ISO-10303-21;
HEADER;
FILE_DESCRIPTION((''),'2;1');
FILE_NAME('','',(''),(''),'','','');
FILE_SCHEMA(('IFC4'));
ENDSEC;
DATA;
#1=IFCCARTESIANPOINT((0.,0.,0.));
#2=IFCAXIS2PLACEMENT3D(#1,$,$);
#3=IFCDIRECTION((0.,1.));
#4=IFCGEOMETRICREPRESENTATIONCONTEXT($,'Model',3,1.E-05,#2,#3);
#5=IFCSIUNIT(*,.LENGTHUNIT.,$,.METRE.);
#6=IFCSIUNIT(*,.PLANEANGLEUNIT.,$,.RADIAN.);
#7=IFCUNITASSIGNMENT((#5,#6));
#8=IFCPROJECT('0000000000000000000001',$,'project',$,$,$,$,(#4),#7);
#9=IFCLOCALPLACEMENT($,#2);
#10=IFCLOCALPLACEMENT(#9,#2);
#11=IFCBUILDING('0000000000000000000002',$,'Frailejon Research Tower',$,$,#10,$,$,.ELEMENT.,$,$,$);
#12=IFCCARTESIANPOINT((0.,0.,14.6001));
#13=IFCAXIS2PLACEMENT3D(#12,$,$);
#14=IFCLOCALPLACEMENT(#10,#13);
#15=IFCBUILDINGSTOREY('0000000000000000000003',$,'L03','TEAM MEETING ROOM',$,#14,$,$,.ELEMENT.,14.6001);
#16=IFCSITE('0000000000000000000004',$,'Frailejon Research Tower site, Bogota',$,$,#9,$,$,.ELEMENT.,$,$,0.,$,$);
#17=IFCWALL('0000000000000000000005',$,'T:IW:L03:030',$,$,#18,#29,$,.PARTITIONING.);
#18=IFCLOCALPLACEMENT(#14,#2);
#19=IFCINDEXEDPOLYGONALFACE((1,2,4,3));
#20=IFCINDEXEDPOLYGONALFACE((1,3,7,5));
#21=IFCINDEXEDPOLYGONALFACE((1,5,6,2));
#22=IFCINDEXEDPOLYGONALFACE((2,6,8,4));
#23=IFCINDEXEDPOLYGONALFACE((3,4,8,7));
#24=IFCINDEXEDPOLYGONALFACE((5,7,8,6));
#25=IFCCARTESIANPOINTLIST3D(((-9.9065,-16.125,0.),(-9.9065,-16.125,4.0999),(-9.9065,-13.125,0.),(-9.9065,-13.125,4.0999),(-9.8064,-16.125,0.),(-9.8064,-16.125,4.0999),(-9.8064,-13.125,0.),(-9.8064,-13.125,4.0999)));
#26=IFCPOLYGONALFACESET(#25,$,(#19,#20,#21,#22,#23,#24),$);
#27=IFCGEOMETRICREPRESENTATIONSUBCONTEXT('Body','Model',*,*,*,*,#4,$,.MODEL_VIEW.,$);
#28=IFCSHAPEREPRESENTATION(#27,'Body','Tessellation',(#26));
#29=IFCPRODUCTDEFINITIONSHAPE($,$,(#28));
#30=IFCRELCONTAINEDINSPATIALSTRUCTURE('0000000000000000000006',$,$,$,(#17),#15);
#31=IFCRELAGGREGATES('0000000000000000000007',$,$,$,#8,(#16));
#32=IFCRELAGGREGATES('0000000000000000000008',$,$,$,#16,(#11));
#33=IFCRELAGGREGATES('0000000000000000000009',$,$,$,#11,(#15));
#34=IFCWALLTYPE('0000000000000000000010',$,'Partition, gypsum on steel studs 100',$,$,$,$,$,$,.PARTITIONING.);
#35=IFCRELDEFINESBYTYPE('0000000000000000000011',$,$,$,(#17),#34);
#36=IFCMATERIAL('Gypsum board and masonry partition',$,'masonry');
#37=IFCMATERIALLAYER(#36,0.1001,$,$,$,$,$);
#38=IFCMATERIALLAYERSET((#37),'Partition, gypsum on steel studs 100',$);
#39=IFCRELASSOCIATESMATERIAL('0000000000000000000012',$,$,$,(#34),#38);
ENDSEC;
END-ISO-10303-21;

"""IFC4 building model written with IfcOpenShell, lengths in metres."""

from ifc_helpers import new_model, si_unit, direction, frame, frame_2d, origin, place, context, subcontext, project, spatial, rectangle, extrude, material, layer, layer_set, type_object, element, save


model = new_model("IFC4")

# Units and contexts
model_context = context("Model", 3, precision=1e-05, world=origin(), true_north=direction((0.0, 1.0)))
body_context = subcontext(model_context, "Body", "Model", "MODEL_VIEW")
ifc_project = project(units=[si_unit("LENGTHUNIT", "METRE"), si_unit("PLANEANGLEUNIT", "RADIAN")], contexts=[model_context])

# Site, building, storey
site_placement = place(None, origin())
site = spatial("IfcSite", under=ifc_project, at=site_placement, Name="Frailejon Research Tower site, Bogota", CompositionType="ELEMENT", RefElevation=0.0)
building_placement = place(site_placement, origin())
building = spatial("IfcBuilding", under=site, at=building_placement, Name="Frailejon Research Tower", CompositionType="ELEMENT")
storey_placement = place(building_placement, frame((0.0, 0.0, 14.6001)))
storey = spatial("IfcBuildingStorey", under=building, at=storey_placement, Name="L03", Description="TEAM MEETING ROOM", CompositionType="ELEMENT", Elevation=14.6001)

# Wall
ifc_material_1 = material(Name="Gypsum board and masonry partition", Category="masonry")
ifc_layer_1 = layer(ifc_material_1, 0.1001)
ifc_layer_set_1 = layer_set([ifc_layer_1], Name="Partition, gypsum on steel studs 100")
wall_type_1 = type_object("IfcWallType", Name="Partition, gypsum on steel studs 100", PredefinedType="PARTITIONING", material=ifc_layer_set_1)
wall_1_placement = place(storey_placement, frame((-9.8564, -16.125, 0.0), z_axis=(0.0, 0.0, 1.0), x_axis=(0.0, 1.0, 0.0)))
element("IfcWall", 1, at=wall_1_placement, inside=storey, type_object=wall_type_1, Name="T:IW:L03:030", PredefinedType="PARTITIONING", context=body_context, shape_type="SweptSolid", body=[
    extrude(rectangle(XDim=3.0, YDim=0.1001, at=frame_2d((1.5, 0.0))), origin(), (0.0, 0.0, 1.0), 4.0999),
])

save(model, "model.ifc")
